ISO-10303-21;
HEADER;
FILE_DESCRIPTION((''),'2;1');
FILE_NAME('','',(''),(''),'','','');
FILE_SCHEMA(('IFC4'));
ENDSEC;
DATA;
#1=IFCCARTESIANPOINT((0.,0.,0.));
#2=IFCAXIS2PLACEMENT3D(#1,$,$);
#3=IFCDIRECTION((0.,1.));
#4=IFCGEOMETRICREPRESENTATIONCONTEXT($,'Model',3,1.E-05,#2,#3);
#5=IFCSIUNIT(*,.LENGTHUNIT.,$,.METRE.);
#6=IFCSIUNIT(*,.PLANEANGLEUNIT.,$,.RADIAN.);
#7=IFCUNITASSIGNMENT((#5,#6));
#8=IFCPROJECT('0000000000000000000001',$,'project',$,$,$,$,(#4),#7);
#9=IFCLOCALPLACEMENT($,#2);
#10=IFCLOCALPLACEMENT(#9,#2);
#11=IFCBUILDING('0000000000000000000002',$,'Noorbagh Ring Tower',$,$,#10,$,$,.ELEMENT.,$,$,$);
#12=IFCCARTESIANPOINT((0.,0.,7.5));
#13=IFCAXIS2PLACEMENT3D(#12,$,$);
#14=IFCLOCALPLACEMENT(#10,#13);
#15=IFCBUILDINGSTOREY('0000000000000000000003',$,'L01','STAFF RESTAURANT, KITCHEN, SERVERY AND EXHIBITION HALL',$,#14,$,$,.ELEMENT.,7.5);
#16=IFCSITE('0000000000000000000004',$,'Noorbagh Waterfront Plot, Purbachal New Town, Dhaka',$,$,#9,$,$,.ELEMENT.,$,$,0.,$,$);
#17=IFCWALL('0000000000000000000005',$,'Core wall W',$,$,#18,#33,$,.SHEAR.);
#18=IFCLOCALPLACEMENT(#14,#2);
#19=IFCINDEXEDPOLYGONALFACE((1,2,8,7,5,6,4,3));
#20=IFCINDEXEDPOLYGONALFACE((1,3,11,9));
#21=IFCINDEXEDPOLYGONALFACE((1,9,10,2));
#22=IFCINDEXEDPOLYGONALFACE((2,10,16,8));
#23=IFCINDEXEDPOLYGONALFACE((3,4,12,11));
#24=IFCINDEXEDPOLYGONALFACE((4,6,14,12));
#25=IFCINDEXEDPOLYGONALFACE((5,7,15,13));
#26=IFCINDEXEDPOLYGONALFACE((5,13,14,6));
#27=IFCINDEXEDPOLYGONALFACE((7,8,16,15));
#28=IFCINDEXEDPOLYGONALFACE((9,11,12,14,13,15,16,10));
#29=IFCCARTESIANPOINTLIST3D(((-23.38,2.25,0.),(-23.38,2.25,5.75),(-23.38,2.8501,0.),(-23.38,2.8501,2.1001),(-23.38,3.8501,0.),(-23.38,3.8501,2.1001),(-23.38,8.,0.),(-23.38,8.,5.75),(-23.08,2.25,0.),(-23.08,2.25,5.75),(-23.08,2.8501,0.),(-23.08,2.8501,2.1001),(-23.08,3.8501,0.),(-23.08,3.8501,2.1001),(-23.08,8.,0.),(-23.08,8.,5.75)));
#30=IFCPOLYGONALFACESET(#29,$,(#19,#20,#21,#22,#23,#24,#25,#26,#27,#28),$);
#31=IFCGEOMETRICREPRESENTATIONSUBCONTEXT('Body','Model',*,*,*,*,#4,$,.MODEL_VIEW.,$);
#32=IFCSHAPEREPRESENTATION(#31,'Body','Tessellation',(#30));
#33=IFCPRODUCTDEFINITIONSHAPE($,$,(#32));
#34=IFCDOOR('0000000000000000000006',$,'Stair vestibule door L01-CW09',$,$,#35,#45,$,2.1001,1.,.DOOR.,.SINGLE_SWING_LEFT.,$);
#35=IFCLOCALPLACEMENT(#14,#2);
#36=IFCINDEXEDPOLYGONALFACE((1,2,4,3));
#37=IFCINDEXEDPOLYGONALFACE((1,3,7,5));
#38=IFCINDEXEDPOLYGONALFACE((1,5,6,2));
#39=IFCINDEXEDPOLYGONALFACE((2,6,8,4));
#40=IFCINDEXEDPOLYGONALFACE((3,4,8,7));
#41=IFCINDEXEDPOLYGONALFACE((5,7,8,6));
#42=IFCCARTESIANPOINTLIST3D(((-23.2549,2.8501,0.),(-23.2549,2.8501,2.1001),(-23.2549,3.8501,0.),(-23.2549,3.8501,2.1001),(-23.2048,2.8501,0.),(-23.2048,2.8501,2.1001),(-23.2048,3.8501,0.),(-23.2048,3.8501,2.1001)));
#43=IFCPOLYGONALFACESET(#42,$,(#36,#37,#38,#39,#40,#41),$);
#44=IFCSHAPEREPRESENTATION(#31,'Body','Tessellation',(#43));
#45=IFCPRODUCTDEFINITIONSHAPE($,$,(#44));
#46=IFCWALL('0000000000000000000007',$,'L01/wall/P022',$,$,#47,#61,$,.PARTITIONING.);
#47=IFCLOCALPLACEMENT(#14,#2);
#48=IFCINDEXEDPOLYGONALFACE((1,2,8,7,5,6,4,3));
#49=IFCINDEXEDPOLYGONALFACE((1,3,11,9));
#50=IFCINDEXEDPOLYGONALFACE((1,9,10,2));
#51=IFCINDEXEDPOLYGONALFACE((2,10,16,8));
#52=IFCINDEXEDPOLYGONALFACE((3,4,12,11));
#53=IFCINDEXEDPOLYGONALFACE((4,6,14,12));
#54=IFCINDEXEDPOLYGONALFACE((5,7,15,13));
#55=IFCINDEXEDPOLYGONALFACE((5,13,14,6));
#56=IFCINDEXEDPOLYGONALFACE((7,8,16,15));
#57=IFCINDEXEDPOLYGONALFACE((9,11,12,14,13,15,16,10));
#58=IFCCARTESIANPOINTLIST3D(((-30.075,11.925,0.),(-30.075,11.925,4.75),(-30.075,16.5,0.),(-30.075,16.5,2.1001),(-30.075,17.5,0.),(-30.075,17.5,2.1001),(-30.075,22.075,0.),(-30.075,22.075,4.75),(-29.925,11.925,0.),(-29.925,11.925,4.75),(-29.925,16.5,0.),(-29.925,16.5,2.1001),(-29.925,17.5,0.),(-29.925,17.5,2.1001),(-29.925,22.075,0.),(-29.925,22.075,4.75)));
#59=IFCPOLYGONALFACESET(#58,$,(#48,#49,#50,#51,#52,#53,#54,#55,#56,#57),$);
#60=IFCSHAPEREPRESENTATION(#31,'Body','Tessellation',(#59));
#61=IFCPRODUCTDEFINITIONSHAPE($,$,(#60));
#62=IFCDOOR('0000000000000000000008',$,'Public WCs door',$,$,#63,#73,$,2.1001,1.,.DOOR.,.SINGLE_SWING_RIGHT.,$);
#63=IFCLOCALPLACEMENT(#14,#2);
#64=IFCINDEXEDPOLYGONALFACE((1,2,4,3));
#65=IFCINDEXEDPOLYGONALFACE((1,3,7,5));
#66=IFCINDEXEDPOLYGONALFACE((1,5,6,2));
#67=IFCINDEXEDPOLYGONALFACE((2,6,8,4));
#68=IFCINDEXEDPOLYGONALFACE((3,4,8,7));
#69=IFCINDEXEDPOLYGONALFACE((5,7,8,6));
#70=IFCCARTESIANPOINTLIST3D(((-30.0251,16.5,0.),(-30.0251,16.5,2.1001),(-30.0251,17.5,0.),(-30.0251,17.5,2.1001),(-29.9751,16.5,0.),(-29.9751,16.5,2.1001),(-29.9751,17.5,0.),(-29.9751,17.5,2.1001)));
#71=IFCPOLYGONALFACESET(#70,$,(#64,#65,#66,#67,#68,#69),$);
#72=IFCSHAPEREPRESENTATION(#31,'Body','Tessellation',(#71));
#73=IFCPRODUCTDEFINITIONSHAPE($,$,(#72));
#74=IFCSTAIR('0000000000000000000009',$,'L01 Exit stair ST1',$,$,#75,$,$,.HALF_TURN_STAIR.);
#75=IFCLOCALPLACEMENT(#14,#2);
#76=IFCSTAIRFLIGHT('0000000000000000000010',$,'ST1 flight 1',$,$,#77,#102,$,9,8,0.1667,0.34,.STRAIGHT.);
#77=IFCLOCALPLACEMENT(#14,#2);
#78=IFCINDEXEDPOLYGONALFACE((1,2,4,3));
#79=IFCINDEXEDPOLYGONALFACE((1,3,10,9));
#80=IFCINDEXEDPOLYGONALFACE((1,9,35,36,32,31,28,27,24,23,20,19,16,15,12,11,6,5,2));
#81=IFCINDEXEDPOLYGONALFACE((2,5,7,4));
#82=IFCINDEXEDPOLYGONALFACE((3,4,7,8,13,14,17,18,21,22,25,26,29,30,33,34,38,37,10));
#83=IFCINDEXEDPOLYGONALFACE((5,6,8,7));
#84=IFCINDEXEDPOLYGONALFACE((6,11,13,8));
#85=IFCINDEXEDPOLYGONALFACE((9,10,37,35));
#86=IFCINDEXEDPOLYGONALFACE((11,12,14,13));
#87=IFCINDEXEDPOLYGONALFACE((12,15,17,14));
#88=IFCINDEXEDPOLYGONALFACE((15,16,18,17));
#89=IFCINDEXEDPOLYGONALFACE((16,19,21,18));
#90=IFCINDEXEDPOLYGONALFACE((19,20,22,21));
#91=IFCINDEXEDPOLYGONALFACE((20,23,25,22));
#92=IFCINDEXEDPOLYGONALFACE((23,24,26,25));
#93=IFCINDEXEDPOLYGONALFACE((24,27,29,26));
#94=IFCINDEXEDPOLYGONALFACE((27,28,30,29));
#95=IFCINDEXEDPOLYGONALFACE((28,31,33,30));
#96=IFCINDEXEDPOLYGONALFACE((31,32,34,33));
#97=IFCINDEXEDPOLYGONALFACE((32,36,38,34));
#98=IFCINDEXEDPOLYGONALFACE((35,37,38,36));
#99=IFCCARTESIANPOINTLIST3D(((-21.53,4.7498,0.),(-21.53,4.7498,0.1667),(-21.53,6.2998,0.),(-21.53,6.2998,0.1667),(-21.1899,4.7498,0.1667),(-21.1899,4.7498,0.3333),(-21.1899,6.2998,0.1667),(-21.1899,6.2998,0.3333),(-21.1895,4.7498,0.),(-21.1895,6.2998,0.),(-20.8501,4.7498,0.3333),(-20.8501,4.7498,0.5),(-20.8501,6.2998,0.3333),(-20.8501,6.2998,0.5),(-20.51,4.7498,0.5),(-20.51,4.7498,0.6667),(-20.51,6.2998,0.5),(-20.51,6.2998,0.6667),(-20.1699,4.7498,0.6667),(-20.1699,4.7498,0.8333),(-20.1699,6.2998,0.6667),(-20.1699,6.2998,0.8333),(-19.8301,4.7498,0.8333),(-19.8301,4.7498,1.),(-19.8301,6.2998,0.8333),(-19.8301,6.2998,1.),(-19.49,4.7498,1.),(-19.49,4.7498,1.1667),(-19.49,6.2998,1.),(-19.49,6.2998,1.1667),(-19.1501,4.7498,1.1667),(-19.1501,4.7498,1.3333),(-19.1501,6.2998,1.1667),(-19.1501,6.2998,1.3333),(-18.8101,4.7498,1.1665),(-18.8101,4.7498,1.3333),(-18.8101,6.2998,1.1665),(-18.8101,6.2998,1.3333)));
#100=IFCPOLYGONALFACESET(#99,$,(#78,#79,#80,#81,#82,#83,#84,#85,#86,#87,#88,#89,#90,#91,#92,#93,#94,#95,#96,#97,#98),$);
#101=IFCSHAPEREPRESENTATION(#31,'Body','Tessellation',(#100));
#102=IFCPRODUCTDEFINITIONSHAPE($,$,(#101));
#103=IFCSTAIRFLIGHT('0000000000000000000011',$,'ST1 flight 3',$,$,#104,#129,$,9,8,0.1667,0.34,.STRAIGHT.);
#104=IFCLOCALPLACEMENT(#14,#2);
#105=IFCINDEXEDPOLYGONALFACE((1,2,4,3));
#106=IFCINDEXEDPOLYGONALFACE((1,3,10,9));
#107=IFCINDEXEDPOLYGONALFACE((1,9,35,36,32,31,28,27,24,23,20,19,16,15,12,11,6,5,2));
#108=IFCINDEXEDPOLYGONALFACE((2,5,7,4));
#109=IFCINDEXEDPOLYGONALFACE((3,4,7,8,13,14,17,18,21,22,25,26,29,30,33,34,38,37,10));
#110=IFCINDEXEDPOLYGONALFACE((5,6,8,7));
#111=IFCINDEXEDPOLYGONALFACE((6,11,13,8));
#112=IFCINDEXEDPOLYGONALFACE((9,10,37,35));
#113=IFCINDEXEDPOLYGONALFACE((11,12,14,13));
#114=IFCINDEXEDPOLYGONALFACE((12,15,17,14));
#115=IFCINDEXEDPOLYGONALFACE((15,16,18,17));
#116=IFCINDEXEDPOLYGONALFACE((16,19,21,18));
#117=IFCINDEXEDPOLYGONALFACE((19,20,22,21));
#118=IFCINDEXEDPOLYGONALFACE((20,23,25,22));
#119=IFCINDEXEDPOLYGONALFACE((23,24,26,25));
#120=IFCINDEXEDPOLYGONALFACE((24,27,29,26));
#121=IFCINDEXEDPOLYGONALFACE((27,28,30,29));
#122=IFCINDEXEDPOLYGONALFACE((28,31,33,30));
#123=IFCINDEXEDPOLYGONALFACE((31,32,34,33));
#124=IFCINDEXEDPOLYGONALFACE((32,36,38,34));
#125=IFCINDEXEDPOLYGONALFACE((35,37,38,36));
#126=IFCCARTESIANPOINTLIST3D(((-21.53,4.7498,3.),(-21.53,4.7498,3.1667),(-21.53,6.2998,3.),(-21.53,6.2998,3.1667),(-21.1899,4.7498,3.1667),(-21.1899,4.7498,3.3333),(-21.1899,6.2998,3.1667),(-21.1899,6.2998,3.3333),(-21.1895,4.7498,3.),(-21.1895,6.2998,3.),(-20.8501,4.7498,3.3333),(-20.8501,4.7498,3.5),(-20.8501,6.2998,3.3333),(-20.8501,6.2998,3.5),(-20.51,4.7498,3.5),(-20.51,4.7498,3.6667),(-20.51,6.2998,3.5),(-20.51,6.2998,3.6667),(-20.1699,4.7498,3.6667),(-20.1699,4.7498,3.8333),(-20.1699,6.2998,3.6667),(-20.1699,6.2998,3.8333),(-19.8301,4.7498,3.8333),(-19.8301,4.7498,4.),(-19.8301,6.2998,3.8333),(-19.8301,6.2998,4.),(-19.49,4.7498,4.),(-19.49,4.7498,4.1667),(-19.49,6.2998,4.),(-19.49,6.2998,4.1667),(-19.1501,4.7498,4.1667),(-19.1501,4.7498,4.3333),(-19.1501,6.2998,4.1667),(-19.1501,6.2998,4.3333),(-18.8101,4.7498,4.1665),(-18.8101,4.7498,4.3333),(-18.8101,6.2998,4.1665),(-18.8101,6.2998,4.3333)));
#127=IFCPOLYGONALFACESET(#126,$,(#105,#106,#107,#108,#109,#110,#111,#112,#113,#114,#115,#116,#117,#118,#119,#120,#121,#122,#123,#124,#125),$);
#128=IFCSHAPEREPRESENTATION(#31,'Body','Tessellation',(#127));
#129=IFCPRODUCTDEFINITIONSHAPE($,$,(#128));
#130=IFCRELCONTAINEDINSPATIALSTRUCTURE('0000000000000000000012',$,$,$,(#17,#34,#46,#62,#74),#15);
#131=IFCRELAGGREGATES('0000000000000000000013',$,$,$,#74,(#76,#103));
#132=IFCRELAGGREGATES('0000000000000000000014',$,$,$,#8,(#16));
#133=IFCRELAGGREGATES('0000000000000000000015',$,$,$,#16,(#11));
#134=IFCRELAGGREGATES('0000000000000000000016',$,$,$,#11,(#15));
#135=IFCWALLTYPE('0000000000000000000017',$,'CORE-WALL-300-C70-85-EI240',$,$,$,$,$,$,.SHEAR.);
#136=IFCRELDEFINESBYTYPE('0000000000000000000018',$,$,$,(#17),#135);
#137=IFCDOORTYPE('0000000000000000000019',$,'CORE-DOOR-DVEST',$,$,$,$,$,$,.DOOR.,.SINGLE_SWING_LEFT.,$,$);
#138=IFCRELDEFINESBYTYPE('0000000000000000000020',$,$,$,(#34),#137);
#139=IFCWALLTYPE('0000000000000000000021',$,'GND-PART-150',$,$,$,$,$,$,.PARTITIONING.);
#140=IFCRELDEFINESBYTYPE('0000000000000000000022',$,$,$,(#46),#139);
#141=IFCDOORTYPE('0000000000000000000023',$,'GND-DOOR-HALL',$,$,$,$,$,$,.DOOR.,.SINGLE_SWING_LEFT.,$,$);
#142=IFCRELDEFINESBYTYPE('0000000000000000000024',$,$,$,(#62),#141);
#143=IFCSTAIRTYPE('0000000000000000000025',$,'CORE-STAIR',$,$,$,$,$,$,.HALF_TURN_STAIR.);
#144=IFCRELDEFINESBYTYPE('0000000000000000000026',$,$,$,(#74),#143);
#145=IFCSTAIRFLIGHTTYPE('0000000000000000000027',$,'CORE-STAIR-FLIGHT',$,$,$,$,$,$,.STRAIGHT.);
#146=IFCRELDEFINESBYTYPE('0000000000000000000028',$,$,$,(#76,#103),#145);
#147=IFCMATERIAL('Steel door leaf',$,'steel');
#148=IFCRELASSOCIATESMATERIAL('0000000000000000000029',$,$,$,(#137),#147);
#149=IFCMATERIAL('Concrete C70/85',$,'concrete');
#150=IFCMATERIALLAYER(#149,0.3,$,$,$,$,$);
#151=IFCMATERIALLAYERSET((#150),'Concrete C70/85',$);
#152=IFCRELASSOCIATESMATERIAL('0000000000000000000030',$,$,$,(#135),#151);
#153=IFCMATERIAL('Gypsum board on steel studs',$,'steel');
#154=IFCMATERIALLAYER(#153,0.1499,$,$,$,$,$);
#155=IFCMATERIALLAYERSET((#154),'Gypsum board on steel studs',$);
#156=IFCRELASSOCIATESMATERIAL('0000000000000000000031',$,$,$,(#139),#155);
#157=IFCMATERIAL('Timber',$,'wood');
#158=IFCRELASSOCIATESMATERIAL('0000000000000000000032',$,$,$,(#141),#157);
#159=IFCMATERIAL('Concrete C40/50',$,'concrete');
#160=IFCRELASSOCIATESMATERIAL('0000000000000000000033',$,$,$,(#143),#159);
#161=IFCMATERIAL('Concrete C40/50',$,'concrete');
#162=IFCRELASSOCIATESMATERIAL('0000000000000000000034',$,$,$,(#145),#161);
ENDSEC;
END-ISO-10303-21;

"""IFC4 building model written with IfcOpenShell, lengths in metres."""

from ifc_helpers import new_model, si_unit, direction, frame, frame_2d, origin, place, context, subcontext, project, spatial, polyline, rectangle, outline, extrude, material, layer, layer_set, type_object, element, fill, aggregate, save


model = new_model("IFC4")

# Units and contexts
model_context = context("Model", 3, precision=1e-05, world=origin(), true_north=direction((0.0, 1.0)))
body_context = subcontext(model_context, "Body", "Model", "MODEL_VIEW")
ifc_project = project(units=[si_unit("LENGTHUNIT", "METRE"), si_unit("PLANEANGLEUNIT", "RADIAN")], contexts=[model_context])

# Site, building, storey
site_placement = place(None, origin())
site = spatial("IfcSite", under=ifc_project, at=site_placement, Name="Noorbagh Waterfront Plot, Purbachal New Town, Dhaka", CompositionType="ELEMENT", RefElevation=0.0)
building_placement = place(site_placement, origin())
building = spatial("IfcBuilding", under=site, at=building_placement, Name="Noorbagh Ring Tower", CompositionType="ELEMENT")
storey_placement = place(building_placement, frame((0.0, 0.0, 7.5)))
storey = spatial("IfcBuildingStorey", under=building, at=storey_placement, Name="L01", Description="STAFF RESTAURANT, KITCHEN, SERVERY AND EXHIBITION HALL", CompositionType="ELEMENT", Elevation=7.5)

# Walls, openings, doors
ifc_material_1 = material(Name="Steel door leaf", Category="steel")
door_type_1 = type_object("IfcDoorType", Name="CORE-DOOR-DVEST", OperationType="SINGLE_SWING_LEFT", PredefinedType="DOOR", material=ifc_material_1)
ifc_material_2 = material(Name="Concrete C70/85", Category="concrete")
ifc_layer_1 = layer(ifc_material_2, 0.3)
ifc_layer_set_1 = layer_set([ifc_layer_1], Name="Concrete C70/85")
wall_type_1 = type_object("IfcWallType", Name="CORE-WALL-300-C70-85-EI240", PredefinedType="SHEAR", material=ifc_layer_set_1)
wall_1_placement = place(storey_placement, frame((-23.23, 2.25, 0.0), z_axis=(0.0, 0.0, 1.0), x_axis=(0.0, 1.0, 0.0)))
wall_1 = element("IfcWall", 1, at=wall_1_placement, inside=storey, type_object=wall_type_1, Name="Core wall W", PredefinedType="SHEAR", context=body_context, shape_type="SweptSolid", body=[
    extrude(rectangle(XDim=5.75, YDim=0.3, at=frame_2d((2.875, 0.0))), origin(), (0.0, 0.0, 1.0), 5.75),
])
opening_1_placement = place(wall_1_placement, frame((0.6001, 0.0, 0.0)))
opening_1 = element("IfcOpeningElement", 2, at=opening_1_placement, cuts=wall_1, PredefinedType="OPENING", context=body_context, shape_type="SweptSolid", body=[
    extrude(rectangle(XDim=1.0, YDim=2.1001, at=frame_2d((0.5, 1.05))), frame((0.0, 0.1602, 0.0), z_axis=(0.0, -1.0, 0.0), x_axis=(1.0, 0.0, 0.0)), (0.0, 0.0, 1.0), 0.3201),
])
door_1_placement = place(opening_1_placement, origin())
door_1 = element("IfcDoor", 3, at=door_1_placement, inside=storey, type_object=door_type_1, Name="Stair vestibule door L01-CW09", OperationType="SINGLE_SWING_LEFT", OverallHeight=2.1001, OverallWidth=1.0, PredefinedType="DOOR", context=body_context, shape_type="SweptSolid", body=[
    extrude(rectangle(XDim=1.0, YDim=2.1001, at=frame_2d((0.5, 1.05))), frame((0.0, 0.0249, 0.0), z_axis=(0.0, -1.0, 0.0), x_axis=(1.0, 0.0, 0.0)), (0.0, 0.0, 1.0), 0.05),
])
fill(opening_1, door_1)
ifc_material_3 = material(Name="Gypsum board on steel studs", Category="steel")
ifc_layer_2 = layer(ifc_material_3, 0.1499)
ifc_layer_set_2 = layer_set([ifc_layer_2], Name="Gypsum board on steel studs")
wall_type_2 = type_object("IfcWallType", Name="GND-PART-150", PredefinedType="PARTITIONING", material=ifc_layer_set_2)
wall_2_placement = place(storey_placement, frame((-30.0, 22.075, 0.0), z_axis=(0.0, 0.0, 1.0), x_axis=(0.0, -1.0, 0.0)))
wall_2 = element("IfcWall", 4, at=wall_2_placement, inside=storey, type_object=wall_type_2, Name="L01/wall/P022", PredefinedType="PARTITIONING", context=body_context, shape_type="SweptSolid", body=[
    extrude(rectangle(XDim=10.1499, YDim=0.1499, at=frame_2d((5.075, 0.0))), origin(), (0.0, 0.0, 1.0), 4.75),
])
opening_2_placement = place(wall_2_placement, frame((4.575, 0.0, 0.0)))
opening_2 = element("IfcOpeningElement", 5, at=opening_2_placement, cuts=wall_2, PredefinedType="OPENING", context=body_context, shape_type="SweptSolid", body=[
    extrude(rectangle(XDim=1.0, YDim=2.1001, at=frame_2d((0.5, 1.05))), frame((0.0, 0.085, 0.0), z_axis=(0.0, -1.0, 0.0), x_axis=(1.0, 0.0, 0.0)), (0.0, 0.0, 1.0), 0.1699),
])
ifc_material_4 = material(Name="Timber", Category="wood")
door_type_2 = type_object("IfcDoorType", Name="GND-DOOR-HALL", OperationType="SINGLE_SWING_LEFT", PredefinedType="DOOR", material=ifc_material_4)
door_2_placement = place(opening_2_placement, origin())
door_2 = element("IfcDoor", 6, at=door_2_placement, inside=storey, type_object=door_type_2, Name="Public WCs door", OperationType="SINGLE_SWING_RIGHT", OverallHeight=2.1001, OverallWidth=1.0, PredefinedType="DOOR", context=body_context, shape_type="SweptSolid", body=[
    extrude(rectangle(XDim=1.0, YDim=2.1001, at=frame_2d((0.5, 1.05))), frame((0.0, 0.0249, 0.0), z_axis=(0.0, -1.0, 0.0), x_axis=(1.0, 0.0, 0.0)), (0.0, 0.0, 1.0), 0.05),
])
fill(opening_2, door_2)

# Stair, stair flights
ifc_material_5 = material(Name="Concrete C40/50", Category="concrete")
stair_type = type_object("IfcStairType", Name="CORE-STAIR", PredefinedType="HALF_TURN_STAIR", material=ifc_material_5)
stair_placement = place(storey_placement, origin())
stair = element("IfcStair", 7, at=stair_placement, inside=storey, type_object=stair_type, Name="L01 Exit stair ST1", PredefinedType="HALF_TURN_STAIR")
ifc_material_6 = material(Name="Concrete C40/50", Category="concrete")
stair_flight_type = type_object("IfcStairFlightType", Name="CORE-STAIR-FLIGHT", PredefinedType="STRAIGHT", material=ifc_material_6)
stair_flight_1_placement = place(storey_placement, frame((-21.53, 5.5249, 0.0), z_axis=(0.0, 0.0, 1.0), x_axis=(1.0, 0.0, 0.0)))
stair_flight_1 = element("IfcStairFlight", 8, at=stair_flight_1_placement, type_object=stair_flight_type, Name="ST1 flight 1", NumberOfRisers=9, NumberOfTreads=8, PredefinedType="STRAIGHT", RiserHeight=0.1667, TreadLength=0.34, context=body_context, shape_type="SweptSolid", body=[
    extrude(outline(polyline([(0.0, 0.0), (0.0, 0.1667), (0.3401, 0.1667), (0.3401, 0.3333), (0.6799, 0.3333), (0.6799, 0.5), (1.02, 0.5), (1.02, 0.6667), (1.3601, 0.6667), (1.3601, 0.8333), (1.7, 0.8333), (1.7, 1.0), (2.04, 1.0), (2.04, 1.1667), (2.3799, 1.1667), (2.3799, 1.3333), (2.72, 1.3333), (2.72, 1.5), (2.72, 1.1665), (0.3406, 0.0), (0.0, 0.0)])), frame((0.0, 0.7749, 0.0), z_axis=(0.0, -1.0, 0.0), x_axis=(1.0, 0.0, 0.0)), (0.0, 0.0, 1.0), 1.55),
])
stair_flight_2_placement = place(storey_placement, frame((-21.53, 5.5249, 3.0), z_axis=(0.0, 0.0, 1.0), x_axis=(1.0, 0.0, 0.0)))
stair_flight_2 = element("IfcStairFlight", 9, at=stair_flight_2_placement, type_object=stair_flight_type, Name="ST1 flight 3", NumberOfRisers=9, NumberOfTreads=8, PredefinedType="STRAIGHT", RiserHeight=0.1667, TreadLength=0.34, context=body_context, shape_type="SweptSolid", body=[
    extrude(outline(polyline([(0.0, 0.0), (0.0, 0.1667), (0.3401, 0.1667), (0.3401, 0.3333), (0.6799, 0.3333), (0.6799, 0.5), (1.02, 0.5), (1.02, 0.6667), (1.3601, 0.6667), (1.3601, 0.8333), (1.7, 0.8333), (1.7, 1.0), (2.04, 1.0), (2.04, 1.1667), (2.3799, 1.1667), (2.3799, 1.3333), (2.72, 1.3333), (2.72, 1.5), (2.72, 1.1665), (0.3406, 0.0), (0.0, 0.0)])), frame((0.0, 0.7749, 0.0), z_axis=(0.0, -1.0, 0.0), x_axis=(1.0, 0.0, 0.0)), (0.0, 0.0, 1.0), 1.55),
])
aggregate(stair, [stair_flight_1, stair_flight_2])

save(model, "model.ifc")
